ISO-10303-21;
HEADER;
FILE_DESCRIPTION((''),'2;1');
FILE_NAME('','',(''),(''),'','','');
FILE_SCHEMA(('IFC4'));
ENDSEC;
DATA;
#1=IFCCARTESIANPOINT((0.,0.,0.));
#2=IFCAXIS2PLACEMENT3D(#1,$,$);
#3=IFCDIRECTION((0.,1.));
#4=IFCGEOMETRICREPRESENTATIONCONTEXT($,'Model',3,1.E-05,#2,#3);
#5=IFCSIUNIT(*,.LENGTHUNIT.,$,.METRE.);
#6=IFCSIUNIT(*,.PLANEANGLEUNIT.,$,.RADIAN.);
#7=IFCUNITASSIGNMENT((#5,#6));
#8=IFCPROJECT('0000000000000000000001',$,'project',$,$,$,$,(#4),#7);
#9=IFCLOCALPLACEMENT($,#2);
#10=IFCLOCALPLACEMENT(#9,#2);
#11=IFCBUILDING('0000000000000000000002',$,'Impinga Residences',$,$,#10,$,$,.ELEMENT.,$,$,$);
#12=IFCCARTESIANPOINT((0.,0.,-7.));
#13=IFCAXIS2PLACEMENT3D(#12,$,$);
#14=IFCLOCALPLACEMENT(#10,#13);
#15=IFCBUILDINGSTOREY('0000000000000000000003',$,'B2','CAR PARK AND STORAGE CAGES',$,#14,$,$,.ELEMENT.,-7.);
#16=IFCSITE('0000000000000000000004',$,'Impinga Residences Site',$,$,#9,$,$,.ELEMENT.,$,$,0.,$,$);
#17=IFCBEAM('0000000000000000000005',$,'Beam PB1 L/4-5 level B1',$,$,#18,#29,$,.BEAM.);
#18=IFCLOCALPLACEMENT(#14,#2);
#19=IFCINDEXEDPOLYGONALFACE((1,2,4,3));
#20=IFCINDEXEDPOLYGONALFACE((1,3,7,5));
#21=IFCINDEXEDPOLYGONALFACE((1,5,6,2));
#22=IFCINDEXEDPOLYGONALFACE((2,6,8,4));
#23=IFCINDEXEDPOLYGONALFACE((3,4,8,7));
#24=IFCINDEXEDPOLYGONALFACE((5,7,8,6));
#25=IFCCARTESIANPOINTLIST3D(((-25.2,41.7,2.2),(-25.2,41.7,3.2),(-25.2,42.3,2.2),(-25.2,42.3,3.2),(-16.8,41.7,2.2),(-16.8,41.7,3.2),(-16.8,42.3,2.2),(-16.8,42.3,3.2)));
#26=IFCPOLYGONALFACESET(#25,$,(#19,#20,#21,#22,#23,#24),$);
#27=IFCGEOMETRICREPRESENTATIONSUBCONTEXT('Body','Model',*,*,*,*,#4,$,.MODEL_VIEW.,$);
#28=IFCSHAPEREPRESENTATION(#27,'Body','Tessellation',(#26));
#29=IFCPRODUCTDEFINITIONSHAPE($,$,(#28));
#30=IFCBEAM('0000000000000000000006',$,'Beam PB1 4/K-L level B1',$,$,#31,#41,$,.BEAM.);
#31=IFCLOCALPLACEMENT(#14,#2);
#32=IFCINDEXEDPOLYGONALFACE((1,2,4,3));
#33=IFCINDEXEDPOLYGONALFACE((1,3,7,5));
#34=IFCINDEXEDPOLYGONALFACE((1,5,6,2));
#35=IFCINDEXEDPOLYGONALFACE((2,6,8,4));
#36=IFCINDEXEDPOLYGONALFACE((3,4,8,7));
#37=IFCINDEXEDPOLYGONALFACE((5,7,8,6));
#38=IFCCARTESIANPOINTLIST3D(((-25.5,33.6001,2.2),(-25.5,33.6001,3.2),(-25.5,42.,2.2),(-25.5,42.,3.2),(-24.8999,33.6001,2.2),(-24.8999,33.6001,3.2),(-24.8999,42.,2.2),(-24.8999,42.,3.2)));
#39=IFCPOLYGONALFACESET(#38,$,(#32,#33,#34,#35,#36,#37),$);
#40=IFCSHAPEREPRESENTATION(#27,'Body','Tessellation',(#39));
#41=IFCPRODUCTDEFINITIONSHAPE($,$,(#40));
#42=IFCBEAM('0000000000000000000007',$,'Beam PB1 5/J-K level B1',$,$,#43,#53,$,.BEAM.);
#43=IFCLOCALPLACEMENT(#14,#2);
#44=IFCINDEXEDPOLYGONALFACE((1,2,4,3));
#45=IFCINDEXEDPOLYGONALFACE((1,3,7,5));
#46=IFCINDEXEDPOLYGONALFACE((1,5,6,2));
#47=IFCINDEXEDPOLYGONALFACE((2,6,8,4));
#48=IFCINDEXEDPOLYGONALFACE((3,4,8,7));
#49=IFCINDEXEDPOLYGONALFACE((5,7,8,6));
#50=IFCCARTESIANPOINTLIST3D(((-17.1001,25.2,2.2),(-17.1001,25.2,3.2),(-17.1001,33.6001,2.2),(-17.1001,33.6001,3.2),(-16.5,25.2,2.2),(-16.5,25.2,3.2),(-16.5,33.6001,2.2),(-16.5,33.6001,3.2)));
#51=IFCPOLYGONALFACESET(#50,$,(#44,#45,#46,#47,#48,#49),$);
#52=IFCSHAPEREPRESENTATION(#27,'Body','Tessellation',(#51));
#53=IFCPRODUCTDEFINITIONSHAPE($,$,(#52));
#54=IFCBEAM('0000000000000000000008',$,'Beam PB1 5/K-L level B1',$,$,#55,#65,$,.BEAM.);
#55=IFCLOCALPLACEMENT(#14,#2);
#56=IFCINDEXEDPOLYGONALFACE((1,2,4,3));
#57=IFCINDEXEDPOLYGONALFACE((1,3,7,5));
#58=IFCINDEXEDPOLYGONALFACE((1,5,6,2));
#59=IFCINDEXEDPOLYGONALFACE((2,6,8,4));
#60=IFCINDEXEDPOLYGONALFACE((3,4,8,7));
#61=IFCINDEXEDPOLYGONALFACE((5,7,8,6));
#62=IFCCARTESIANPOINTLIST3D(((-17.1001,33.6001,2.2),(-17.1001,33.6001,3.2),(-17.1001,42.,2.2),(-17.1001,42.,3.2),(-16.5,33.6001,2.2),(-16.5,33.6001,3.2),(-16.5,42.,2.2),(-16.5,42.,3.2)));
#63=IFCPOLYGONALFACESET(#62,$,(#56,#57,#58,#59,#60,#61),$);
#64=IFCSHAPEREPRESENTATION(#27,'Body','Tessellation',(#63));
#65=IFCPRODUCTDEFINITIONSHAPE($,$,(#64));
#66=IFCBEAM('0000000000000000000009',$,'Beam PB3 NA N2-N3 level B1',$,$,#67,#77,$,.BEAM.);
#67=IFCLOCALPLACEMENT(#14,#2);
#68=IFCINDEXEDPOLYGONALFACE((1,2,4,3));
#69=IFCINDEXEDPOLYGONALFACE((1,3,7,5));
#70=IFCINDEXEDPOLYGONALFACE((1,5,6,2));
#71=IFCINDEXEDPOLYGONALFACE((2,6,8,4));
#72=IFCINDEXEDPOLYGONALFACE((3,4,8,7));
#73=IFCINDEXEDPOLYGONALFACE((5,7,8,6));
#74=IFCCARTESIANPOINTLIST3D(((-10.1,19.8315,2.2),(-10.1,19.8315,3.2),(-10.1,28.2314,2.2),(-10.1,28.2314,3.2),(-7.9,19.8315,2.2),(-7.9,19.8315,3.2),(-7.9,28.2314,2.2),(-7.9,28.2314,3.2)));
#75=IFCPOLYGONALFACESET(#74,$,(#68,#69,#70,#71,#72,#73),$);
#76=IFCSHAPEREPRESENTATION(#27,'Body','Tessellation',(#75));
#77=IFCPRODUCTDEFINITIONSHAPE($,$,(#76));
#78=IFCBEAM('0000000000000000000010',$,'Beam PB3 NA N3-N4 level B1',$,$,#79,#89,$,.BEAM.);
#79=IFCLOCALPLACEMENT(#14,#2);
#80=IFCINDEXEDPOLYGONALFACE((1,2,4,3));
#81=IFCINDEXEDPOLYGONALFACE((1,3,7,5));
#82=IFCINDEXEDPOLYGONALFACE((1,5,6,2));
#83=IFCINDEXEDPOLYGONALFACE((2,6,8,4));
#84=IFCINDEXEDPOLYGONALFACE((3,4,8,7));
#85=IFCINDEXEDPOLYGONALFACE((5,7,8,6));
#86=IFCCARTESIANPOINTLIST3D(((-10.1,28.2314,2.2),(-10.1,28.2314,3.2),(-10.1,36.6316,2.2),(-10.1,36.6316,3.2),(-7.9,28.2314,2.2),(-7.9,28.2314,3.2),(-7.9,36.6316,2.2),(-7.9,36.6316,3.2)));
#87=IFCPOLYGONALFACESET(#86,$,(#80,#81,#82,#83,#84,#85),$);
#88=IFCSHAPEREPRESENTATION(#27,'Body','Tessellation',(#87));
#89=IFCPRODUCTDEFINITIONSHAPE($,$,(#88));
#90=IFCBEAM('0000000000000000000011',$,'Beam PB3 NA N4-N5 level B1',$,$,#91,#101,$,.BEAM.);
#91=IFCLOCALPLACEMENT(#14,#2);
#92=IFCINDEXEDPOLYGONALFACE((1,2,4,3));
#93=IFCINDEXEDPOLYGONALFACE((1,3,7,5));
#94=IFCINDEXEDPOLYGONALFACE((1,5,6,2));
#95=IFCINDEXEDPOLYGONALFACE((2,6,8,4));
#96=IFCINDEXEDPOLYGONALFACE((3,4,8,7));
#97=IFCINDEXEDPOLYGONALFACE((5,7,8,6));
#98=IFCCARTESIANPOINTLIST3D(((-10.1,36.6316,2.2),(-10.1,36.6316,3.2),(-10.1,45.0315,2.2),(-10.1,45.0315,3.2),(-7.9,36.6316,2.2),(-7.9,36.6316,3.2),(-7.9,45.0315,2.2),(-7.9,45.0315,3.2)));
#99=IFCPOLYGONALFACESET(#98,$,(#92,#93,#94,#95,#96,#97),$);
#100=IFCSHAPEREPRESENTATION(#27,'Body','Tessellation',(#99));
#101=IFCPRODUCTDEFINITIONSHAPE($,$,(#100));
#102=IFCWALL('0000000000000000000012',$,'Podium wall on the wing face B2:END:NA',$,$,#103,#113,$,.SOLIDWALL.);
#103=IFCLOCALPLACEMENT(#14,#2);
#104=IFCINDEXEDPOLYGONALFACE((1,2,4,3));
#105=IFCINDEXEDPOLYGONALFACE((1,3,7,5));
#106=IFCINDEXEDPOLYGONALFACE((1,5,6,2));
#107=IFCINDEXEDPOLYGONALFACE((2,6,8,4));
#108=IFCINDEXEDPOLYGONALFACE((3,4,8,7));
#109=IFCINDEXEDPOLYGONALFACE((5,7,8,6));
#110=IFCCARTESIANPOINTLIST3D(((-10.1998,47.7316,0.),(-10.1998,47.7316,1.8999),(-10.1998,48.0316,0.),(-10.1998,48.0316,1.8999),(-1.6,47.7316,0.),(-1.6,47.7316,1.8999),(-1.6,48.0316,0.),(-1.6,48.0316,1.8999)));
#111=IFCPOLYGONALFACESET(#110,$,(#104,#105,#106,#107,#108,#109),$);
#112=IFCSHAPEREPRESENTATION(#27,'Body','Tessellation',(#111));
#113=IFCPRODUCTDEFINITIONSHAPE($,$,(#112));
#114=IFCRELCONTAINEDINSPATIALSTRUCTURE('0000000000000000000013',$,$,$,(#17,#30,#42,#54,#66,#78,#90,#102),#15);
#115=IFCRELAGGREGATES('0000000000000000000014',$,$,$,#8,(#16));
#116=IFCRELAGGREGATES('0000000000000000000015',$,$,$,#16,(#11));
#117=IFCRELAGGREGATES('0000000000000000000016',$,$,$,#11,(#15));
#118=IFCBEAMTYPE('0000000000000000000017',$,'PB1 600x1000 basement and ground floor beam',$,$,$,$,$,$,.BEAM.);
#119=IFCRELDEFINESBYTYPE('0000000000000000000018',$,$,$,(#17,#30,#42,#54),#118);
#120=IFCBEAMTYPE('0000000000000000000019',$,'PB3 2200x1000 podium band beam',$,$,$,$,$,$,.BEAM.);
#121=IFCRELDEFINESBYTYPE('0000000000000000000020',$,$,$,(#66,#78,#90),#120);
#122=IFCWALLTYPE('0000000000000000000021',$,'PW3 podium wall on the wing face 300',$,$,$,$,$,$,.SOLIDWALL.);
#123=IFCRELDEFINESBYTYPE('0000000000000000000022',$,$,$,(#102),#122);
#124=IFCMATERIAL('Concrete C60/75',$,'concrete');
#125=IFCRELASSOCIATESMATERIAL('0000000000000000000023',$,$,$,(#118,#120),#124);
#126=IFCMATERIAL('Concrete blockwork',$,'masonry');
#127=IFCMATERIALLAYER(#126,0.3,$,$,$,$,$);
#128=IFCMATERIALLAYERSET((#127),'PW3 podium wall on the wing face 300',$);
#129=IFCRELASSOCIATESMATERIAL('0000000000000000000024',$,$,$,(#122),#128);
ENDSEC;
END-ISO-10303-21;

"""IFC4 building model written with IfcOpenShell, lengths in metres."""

from ifc_helpers import new_model, si_unit, direction, frame, frame_2d, origin, origin_2d, place, context, subcontext, project, spatial, rectangle, extrude, material, layer, layer_set, material_profile, profile_set, type_object, element, save


model = new_model("IFC4")

# Units and contexts
model_context = context("Model", 3, precision=1e-05, world=origin(), true_north=direction((0.0, 1.0)))
body_context = subcontext(model_context, "Body", "Model", "MODEL_VIEW")
ifc_project = project(units=[si_unit("LENGTHUNIT", "METRE"), si_unit("PLANEANGLEUNIT", "RADIAN")], contexts=[model_context])

# Site, building, storey
site_placement = place(None, origin())
site = spatial("IfcSite", under=ifc_project, at=site_placement, Name="Impinga Residences Site", CompositionType="ELEMENT", RefElevation=0.0)
building_placement = place(site_placement, origin())
building = spatial("IfcBuilding", under=site, at=building_placement, Name="Impinga Residences", CompositionType="ELEMENT")
storey_placement = place(building_placement, frame((0.0, 0.0, -7.0)))
storey = spatial("IfcBuildingStorey", under=building, at=storey_placement, Name="B2", Description="CAR PARK AND STORAGE CAGES", CompositionType="ELEMENT", Elevation=-7.0)

# Beams
ifc_material_1 = material(Name="Concrete C60/75", Category="concrete")
ifc_material_profile_1 = material_profile(ifc_material_1, rectangle(XDim=0.6001, YDim=1.0, at=origin_2d()), Name="RC 600x1000")
ifc_profile_set_1 = profile_set([ifc_material_profile_1], Name="Concrete C60/75")
beam_type_1 = type_object("IfcBeamType", Name="PB1 600x1000 basement and ground floor beam", PredefinedType="BEAM", material=ifc_profile_set_1)
for number, where, z_axis, x_axis, name in (
    (1, (-25.2, 42.0, 2.7), (1.0, 0.0, 0.0), (0.0, 1.0, 0.0), "Beam PB1 L/4-5 level B1"),
    (2, (-25.2, 33.6001, 2.7), (0.0, 1.0, 0.0), (-1.0, 0.0, 0.0), "Beam PB1 4/K-L level B1"),
):
    element("IfcBeam", number, at=place(storey_placement, frame(where, z_axis=z_axis, x_axis=x_axis)), inside=storey, type_object=beam_type_1, Name=name, PredefinedType="BEAM", context=body_context, shape_type="SweptSolid", body=[
        extrude(rectangle(XDim=0.6001, YDim=1.0, at=origin_2d()), origin(), (0.0, 0.0, 1.0), 8.3999),
    ])
beam_1_placement = place(storey_placement, frame((-16.8, 25.2, 2.7), z_axis=(0.0, 1.0, 0.0), x_axis=(-1.0, 0.0, 0.0)))
element("IfcBeam", 3, at=beam_1_placement, inside=storey, type_object=beam_type_1, Name="Beam PB1 5/J-K level B1", PredefinedType="BEAM", context=body_context, shape_type="SweptSolid", body=[
    extrude(rectangle(XDim=0.6001, YDim=1.0, at=origin_2d()), origin(), (0.0, 0.0, 1.0), 8.4001),
])
beam_2_placement = place(storey_placement, frame((-16.8, 33.6001, 2.7), z_axis=(0.0, 1.0, 0.0), x_axis=(-1.0, 0.0, 0.0)))
element("IfcBeam", 4, at=beam_2_placement, inside=storey, type_object=beam_type_1, Name="Beam PB1 5/K-L level B1", PredefinedType="BEAM", context=body_context, shape_type="SweptSolid", body=[
    extrude(rectangle(XDim=0.6001, YDim=1.0, at=origin_2d()), origin(), (0.0, 0.0, 1.0), 8.3999),
])
ifc_material_profile_2 = material_profile(ifc_material_1, rectangle(XDim=2.2, YDim=1.0, at=origin_2d()), Name="RC 2200x1000")
ifc_profile_set_2 = profile_set([ifc_material_profile_2], Name="Concrete C60/75")
beam_type_2 = type_object("IfcBeamType", Name="PB3 2200x1000 podium band beam", PredefinedType="BEAM", material=ifc_profile_set_2)
beam_3_placement = place(storey_placement, frame((-9.0, 19.8315, 2.7), z_axis=(0.0, 1.0, 0.0), x_axis=(-1.0, 0.0, 0.0)))
element("IfcBeam", 5, at=beam_3_placement, inside=storey, type_object=beam_type_2, Name="Beam PB3 NA N2-N3 level B1", PredefinedType="BEAM", context=body_context, shape_type="SweptSolid", body=[
    extrude(rectangle(XDim=2.2, YDim=1.0, at=origin_2d()), origin(), (0.0, 0.0, 1.0), 8.3999),
])
beam_4_placement = place(storey_placement, frame((-9.0, 28.2314, 2.7), z_axis=(0.0, 1.0, 0.0), x_axis=(-1.0, 0.0, 0.0)))
element("IfcBeam", 6, at=beam_4_placement, inside=storey, type_object=beam_type_2, Name="Beam PB3 NA N3-N4 level B1", PredefinedType="BEAM", context=body_context, shape_type="SweptSolid", body=[
    extrude(rectangle(XDim=2.2, YDim=1.0, at=origin_2d()), origin(), (0.0, 0.0, 1.0), 8.4001),
])
beam_5_placement = place(storey_placement, frame((-9.0, 36.6316, 2.7), z_axis=(0.0, 1.0, 0.0), x_axis=(-1.0, 0.0, 0.0)))
element("IfcBeam", 7, at=beam_5_placement, inside=storey, type_object=beam_type_2, Name="Beam PB3 NA N4-N5 level B1", PredefinedType="BEAM", context=body_context, shape_type="SweptSolid", body=[
    extrude(rectangle(XDim=2.2, YDim=1.0, at=origin_2d()), origin(), (0.0, 0.0, 1.0), 8.3999),
])

# Wall
ifc_material_2 = material(Name="Concrete blockwork", Category="masonry")
ifc_layer = layer(ifc_material_2, 0.3)
ifc_layer_set = layer_set([ifc_layer], Name="PW3 podium wall on the wing face 300")
wall_type = type_object("IfcWallType", Name="PW3 podium wall on the wing face 300", PredefinedType="SOLIDWALL", material=ifc_layer_set)
wall_placement = place(storey_placement, frame((-1.6001, 47.8816, 0.0), z_axis=(0.0, 0.0, 1.0), x_axis=(-1.0, 0.0, 0.0)))
element("IfcWall", 8, at=wall_placement, inside=storey, type_object=wall_type, Name="Podium wall on the wing face B2:END:NA", PredefinedType="SOLIDWALL", context=body_context, shape_type="SweptSolid", body=[
    extrude(rectangle(XDim=8.5999, YDim=0.3, at=frame_2d((4.2998, 0.0))), origin(), (0.0, 0.0, 1.0), 1.8999),
])

save(model, "model.ifc")
